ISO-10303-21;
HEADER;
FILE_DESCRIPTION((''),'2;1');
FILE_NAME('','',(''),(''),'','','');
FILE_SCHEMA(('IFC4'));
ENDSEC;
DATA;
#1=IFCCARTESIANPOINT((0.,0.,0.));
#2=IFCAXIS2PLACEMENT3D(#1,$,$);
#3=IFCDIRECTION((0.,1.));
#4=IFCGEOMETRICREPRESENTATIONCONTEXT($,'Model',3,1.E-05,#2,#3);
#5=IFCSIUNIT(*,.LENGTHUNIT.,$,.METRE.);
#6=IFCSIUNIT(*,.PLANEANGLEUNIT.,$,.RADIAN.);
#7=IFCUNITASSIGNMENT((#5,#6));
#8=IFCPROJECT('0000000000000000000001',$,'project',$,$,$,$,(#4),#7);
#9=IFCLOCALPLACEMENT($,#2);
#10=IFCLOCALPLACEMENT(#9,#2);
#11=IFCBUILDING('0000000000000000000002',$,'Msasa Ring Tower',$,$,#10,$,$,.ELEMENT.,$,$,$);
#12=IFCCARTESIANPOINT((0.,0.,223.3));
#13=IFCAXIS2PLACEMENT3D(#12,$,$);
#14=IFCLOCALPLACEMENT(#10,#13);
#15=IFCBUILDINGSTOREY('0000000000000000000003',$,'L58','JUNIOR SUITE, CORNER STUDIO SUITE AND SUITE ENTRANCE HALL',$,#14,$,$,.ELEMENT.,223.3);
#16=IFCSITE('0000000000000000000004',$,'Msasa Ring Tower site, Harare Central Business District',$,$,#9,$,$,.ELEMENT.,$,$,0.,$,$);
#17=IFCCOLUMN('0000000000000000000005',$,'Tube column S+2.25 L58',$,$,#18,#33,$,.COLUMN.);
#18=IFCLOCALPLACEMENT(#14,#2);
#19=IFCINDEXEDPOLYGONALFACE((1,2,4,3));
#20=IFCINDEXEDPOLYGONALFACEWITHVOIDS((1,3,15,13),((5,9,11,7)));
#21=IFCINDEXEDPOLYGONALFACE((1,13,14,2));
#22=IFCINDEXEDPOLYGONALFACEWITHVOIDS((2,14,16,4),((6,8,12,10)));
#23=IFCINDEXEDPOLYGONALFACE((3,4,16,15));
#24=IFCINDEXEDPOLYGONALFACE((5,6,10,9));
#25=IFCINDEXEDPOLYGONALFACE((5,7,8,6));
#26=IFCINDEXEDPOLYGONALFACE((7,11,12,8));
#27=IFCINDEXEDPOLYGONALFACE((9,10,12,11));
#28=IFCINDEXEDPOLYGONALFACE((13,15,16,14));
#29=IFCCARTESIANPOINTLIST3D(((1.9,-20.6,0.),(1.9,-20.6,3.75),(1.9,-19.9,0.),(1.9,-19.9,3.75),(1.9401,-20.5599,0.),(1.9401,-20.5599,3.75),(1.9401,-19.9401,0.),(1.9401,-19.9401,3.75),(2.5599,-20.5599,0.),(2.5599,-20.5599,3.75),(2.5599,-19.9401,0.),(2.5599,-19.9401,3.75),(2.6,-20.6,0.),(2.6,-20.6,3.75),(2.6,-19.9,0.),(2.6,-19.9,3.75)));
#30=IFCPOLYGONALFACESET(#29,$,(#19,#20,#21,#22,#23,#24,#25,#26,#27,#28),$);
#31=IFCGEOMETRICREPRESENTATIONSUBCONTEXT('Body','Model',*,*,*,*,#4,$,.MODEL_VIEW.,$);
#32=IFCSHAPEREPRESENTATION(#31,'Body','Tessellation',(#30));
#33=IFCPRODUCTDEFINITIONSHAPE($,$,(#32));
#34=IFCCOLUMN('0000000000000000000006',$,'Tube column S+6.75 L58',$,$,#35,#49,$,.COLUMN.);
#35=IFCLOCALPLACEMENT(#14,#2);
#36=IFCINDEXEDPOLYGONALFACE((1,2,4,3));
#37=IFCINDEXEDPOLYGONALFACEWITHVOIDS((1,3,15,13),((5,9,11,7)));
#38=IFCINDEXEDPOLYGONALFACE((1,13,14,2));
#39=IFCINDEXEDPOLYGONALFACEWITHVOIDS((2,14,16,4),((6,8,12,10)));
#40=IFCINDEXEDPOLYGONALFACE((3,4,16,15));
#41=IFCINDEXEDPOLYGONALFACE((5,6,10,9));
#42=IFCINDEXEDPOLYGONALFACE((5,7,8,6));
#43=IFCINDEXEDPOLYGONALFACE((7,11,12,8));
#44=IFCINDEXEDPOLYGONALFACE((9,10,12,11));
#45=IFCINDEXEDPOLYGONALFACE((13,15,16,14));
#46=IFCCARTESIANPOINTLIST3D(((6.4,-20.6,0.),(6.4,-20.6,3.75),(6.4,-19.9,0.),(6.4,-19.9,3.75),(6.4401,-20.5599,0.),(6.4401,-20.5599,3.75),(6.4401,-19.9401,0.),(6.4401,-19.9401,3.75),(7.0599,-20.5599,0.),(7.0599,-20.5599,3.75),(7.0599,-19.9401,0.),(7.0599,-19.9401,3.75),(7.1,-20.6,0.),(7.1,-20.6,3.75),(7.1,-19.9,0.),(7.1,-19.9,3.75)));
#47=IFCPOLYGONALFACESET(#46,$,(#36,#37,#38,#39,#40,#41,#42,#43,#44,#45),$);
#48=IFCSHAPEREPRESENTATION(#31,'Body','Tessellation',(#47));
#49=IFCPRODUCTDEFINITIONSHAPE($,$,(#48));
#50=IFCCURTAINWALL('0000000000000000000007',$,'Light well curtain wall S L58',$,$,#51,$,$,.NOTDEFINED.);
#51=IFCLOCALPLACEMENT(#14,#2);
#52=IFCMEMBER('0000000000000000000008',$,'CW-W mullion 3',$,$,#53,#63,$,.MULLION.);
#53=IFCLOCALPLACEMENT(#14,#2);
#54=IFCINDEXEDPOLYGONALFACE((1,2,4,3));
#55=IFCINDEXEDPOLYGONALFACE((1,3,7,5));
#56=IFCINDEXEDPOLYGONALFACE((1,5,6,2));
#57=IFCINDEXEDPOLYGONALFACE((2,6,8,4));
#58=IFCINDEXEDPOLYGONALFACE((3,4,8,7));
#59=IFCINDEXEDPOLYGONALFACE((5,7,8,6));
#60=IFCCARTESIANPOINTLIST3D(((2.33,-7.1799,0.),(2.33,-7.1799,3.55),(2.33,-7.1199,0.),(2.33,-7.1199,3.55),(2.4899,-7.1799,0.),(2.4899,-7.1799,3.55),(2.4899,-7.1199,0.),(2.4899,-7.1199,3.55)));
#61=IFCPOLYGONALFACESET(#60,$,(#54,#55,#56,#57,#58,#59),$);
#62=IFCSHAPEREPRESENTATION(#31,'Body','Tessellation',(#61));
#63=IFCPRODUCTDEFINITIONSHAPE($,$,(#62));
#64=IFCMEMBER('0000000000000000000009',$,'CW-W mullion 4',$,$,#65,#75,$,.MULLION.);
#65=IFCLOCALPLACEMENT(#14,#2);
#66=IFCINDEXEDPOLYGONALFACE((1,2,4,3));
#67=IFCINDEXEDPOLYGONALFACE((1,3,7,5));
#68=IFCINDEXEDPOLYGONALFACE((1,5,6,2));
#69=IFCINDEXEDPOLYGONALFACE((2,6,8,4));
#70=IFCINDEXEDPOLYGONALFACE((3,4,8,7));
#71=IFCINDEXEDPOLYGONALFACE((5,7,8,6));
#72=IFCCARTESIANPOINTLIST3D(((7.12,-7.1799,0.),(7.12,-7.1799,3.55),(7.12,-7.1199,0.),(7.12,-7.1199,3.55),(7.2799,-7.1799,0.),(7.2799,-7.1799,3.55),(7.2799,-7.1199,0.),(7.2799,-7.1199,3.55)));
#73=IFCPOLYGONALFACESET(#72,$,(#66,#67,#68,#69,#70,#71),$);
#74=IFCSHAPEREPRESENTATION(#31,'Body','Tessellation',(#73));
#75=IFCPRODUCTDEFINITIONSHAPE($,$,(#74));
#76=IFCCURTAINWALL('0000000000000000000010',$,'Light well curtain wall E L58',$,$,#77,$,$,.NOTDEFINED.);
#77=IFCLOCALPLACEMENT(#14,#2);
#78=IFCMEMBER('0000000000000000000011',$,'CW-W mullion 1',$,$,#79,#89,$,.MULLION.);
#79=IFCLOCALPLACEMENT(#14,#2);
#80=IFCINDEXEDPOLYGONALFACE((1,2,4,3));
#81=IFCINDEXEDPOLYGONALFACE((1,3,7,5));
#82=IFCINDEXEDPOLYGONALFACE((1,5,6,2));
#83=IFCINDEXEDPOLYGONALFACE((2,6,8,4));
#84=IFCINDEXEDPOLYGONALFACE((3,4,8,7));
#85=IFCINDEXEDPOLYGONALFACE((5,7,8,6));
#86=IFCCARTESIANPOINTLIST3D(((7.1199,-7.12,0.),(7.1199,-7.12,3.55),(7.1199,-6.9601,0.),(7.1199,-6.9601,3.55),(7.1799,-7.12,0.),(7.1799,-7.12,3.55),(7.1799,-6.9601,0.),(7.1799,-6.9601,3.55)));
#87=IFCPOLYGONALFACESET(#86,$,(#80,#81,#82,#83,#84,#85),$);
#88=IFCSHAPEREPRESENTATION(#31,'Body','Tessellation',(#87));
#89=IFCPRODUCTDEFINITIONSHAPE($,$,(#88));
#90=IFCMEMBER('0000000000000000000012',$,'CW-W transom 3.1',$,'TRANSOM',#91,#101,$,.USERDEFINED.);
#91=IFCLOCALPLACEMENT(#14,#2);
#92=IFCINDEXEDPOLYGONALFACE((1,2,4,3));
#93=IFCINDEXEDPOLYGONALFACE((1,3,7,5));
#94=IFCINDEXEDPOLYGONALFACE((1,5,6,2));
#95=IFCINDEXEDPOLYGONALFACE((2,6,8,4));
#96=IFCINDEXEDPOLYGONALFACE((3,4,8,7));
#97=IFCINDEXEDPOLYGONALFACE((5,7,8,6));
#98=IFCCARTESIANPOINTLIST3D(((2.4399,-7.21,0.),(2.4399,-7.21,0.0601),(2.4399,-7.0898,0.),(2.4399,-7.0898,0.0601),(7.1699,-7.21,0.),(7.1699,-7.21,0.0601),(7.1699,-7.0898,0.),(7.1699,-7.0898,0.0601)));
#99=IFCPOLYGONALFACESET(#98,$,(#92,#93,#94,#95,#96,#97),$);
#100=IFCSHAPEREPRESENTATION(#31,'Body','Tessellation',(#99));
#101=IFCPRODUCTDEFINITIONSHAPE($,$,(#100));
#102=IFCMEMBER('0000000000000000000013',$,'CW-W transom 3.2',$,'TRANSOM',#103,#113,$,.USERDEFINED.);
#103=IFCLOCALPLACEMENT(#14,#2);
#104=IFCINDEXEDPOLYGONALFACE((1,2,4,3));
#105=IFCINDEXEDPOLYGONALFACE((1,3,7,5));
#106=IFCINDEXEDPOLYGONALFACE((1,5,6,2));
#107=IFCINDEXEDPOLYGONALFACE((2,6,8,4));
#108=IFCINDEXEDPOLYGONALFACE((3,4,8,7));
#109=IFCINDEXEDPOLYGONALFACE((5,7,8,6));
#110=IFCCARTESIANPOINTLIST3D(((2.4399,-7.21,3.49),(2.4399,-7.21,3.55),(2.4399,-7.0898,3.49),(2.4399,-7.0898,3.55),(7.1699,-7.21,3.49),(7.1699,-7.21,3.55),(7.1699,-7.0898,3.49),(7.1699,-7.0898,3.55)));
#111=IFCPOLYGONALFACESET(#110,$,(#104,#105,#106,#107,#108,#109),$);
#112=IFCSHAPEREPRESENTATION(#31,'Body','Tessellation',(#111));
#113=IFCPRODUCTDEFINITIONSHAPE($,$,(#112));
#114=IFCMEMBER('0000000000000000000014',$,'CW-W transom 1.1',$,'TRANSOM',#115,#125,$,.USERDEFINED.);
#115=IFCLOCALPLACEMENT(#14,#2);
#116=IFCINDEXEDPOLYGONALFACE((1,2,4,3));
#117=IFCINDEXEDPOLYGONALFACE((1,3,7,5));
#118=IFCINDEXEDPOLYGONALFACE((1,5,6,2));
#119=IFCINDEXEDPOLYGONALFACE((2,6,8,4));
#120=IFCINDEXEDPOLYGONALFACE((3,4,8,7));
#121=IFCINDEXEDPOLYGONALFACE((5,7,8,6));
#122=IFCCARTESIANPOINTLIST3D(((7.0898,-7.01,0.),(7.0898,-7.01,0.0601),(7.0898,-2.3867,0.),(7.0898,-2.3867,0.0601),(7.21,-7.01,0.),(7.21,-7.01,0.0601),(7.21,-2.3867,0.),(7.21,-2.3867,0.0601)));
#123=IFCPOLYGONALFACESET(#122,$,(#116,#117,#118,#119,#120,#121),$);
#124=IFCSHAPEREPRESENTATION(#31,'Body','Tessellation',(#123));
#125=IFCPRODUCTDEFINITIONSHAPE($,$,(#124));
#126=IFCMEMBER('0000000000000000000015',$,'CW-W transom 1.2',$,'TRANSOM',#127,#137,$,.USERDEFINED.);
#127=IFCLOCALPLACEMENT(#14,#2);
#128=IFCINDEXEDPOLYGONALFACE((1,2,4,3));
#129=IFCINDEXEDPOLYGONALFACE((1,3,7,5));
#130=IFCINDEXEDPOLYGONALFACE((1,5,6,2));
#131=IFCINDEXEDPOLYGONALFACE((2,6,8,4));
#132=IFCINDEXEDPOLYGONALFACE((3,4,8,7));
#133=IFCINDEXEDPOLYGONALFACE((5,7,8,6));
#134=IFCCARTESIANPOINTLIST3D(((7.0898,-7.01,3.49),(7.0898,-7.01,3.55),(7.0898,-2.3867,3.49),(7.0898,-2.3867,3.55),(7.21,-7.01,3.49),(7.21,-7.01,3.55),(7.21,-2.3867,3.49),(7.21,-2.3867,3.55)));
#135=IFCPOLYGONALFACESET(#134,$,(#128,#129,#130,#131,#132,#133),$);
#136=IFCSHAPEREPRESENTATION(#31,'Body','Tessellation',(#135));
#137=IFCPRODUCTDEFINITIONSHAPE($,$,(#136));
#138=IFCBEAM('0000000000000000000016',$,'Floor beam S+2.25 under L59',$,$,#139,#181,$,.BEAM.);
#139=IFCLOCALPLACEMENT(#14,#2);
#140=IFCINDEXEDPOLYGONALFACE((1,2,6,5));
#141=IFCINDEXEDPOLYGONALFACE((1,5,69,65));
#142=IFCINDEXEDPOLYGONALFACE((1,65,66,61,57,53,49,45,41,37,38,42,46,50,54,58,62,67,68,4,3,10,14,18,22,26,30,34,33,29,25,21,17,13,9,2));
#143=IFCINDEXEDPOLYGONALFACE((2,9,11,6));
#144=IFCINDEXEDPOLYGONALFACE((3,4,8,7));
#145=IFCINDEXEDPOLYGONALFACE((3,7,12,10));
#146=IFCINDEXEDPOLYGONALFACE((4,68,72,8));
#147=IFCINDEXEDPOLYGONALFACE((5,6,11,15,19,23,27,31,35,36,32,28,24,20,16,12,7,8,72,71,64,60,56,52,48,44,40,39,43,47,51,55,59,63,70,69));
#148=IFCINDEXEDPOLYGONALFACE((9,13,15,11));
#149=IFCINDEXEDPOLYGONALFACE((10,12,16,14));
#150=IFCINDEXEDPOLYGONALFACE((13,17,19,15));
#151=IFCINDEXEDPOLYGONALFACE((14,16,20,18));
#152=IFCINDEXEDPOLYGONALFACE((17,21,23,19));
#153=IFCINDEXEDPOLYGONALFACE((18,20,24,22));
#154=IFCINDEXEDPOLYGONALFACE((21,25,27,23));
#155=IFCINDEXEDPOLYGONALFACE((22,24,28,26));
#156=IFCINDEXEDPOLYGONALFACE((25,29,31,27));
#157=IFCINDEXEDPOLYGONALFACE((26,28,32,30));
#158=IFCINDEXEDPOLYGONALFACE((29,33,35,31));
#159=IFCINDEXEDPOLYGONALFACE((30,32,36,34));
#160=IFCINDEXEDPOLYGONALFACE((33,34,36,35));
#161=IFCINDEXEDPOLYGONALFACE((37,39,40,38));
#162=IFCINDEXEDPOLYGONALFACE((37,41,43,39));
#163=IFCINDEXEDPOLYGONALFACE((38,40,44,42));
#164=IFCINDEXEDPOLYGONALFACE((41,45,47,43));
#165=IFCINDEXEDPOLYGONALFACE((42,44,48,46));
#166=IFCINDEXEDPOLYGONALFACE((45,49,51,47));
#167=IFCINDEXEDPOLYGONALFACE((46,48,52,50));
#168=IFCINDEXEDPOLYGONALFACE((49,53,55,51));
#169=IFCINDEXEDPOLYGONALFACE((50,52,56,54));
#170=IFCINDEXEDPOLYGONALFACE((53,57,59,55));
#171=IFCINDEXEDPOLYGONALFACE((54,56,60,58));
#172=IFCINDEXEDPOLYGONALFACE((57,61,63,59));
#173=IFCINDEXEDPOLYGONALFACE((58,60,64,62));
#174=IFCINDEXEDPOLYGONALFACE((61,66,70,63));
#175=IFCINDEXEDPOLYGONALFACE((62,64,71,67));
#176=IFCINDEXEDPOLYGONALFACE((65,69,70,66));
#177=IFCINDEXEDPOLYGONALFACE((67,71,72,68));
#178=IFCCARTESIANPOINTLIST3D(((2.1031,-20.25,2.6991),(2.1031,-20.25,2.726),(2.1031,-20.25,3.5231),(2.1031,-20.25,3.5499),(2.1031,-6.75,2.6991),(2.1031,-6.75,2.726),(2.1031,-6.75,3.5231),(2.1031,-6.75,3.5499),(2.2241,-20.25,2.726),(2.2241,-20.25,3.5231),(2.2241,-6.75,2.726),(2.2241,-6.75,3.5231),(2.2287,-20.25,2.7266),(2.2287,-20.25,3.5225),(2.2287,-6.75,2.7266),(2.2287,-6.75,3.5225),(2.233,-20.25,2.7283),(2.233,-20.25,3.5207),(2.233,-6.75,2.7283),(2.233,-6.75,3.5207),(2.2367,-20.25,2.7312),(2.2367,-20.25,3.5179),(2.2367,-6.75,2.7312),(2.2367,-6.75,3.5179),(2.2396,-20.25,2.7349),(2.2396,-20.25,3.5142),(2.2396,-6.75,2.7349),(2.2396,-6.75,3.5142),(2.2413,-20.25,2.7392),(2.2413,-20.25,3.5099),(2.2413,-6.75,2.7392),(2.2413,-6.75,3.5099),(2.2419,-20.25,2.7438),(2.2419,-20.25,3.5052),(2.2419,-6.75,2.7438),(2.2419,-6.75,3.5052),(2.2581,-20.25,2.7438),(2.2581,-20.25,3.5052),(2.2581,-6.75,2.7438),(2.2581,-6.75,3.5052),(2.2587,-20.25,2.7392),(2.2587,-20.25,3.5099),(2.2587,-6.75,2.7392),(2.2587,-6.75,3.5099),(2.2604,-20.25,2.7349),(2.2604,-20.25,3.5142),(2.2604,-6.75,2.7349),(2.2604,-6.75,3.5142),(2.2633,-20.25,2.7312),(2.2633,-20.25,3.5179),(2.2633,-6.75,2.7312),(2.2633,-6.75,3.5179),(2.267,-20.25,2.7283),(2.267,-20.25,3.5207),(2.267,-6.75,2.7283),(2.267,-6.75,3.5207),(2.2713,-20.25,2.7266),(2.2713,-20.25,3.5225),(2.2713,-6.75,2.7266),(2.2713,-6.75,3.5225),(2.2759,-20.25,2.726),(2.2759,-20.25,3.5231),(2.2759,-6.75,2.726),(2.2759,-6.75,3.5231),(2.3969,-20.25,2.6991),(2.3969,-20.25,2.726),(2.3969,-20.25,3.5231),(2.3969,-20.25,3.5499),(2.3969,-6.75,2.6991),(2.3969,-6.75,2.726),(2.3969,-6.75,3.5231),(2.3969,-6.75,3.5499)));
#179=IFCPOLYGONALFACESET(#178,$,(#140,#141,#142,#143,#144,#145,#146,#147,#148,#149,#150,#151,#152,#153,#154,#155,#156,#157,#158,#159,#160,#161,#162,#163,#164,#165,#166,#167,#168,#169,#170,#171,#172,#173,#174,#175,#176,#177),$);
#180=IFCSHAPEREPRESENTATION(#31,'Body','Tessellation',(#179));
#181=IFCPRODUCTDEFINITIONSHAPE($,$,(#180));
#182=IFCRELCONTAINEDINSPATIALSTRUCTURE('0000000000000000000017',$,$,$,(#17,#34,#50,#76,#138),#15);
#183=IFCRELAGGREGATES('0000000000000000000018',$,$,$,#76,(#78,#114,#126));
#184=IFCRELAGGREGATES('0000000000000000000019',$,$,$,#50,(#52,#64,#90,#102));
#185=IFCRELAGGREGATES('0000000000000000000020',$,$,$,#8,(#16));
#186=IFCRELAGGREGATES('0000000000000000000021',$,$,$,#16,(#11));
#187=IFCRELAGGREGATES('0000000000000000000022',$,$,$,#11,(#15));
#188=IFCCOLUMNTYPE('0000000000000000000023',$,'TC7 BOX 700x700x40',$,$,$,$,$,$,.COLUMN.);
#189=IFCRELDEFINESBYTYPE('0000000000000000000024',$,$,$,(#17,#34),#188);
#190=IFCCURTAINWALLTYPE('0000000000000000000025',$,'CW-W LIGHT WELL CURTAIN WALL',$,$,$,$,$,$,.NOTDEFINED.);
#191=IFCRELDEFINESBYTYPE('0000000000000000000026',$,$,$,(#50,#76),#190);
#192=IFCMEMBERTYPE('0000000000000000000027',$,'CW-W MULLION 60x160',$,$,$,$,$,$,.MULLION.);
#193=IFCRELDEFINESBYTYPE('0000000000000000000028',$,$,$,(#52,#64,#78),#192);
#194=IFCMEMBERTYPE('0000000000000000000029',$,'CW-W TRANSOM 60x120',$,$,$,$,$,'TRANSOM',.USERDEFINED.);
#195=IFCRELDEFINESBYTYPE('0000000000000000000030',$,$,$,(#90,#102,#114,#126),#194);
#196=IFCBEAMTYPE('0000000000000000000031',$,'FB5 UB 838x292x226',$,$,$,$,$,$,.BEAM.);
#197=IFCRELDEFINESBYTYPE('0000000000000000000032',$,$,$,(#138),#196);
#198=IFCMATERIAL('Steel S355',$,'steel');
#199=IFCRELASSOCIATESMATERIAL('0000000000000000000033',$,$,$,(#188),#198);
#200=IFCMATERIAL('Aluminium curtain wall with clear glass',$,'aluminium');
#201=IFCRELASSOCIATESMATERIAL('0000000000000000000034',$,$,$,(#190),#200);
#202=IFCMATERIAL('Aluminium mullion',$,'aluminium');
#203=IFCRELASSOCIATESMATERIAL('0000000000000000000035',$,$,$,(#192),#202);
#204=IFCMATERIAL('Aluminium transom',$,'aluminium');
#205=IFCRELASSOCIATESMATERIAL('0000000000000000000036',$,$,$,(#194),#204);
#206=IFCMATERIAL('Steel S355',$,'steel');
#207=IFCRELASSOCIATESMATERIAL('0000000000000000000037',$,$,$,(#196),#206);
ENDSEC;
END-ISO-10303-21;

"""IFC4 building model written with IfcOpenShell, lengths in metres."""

from ifc_helpers import new_model, si_unit, direction, frame, origin, origin_2d, place, context, subcontext, project, spatial, rectangle, hollow_rectangle, i_section, extrude, material, material_profile, profile_set, type_object, element, aggregate, save


model = new_model("IFC4")

# Units and contexts
model_context = context("Model", 3, precision=1e-05, world=origin(), true_north=direction((0.0, 1.0)))
body_context = subcontext(model_context, "Body", "Model", "MODEL_VIEW")
ifc_project = project(units=[si_unit("LENGTHUNIT", "METRE"), si_unit("PLANEANGLEUNIT", "RADIAN")], contexts=[model_context])

# Site, building, storey
site_placement = place(None, origin())
site = spatial("IfcSite", under=ifc_project, at=site_placement, Name="Msasa Ring Tower site, Harare Central Business District", CompositionType="ELEMENT", RefElevation=0.0)
building_placement = place(site_placement, origin())
building = spatial("IfcBuilding", under=site, at=building_placement, Name="Msasa Ring Tower", CompositionType="ELEMENT")
storey_placement = place(building_placement, frame((0.0, 0.0, 223.3)))
storey = spatial("IfcBuildingStorey", under=building, at=storey_placement, Name="L58", Description="JUNIOR SUITE, CORNER STUDIO SUITE AND SUITE ENTRANCE HALL", CompositionType="ELEMENT", Elevation=223.3)

# Columns
ifc_material_1 = material(Name="Steel S355", Category="steel")
ifc_material_profile_1 = material_profile(ifc_material_1, hollow_rectangle(XDim=0.7, YDim=0.7, WallThickness=0.04, at=origin_2d()), Name="BOX 700x700x40")
ifc_profile_set_1 = profile_set([ifc_material_profile_1], Name="Steel S355")
column_type = type_object("IfcColumnType", Name="TC7 BOX 700x700x40", PredefinedType="COLUMN", material=ifc_profile_set_1)
for number, where, z_axis, x_axis, name in (
    (1, (2.25, -20.25, 0.0), (0.0, 0.0, 1.0), (0.0, 1.0, 0.0), "Tube column S+2.25 L58"),
    (2, (6.75, -20.25, 0.0), (0.0, 0.0, 1.0), (0.0, 1.0, 0.0), "Tube column S+6.75 L58"),
):
    element("IfcColumn", number, at=place(storey_placement, frame(where, z_axis=z_axis, x_axis=x_axis)), inside=storey, type_object=column_type, Name=name, PredefinedType="COLUMN", context=body_context, shape_type="SweptSolid", body=[
        extrude(hollow_rectangle(XDim=0.7, YDim=0.7, WallThickness=0.04, at=origin_2d()), origin(), (0.0, 0.0, 1.0), 3.75),
    ])

# Curtain wall, members
ifc_material_2 = material(Name="Aluminium curtain wall with clear glass", Category="aluminium")
curtain_wall_type = type_object("IfcCurtainWallType", Name="CW-W LIGHT WELL CURTAIN WALL", PredefinedType="NOTDEFINED", material=ifc_material_2)
curtain_wall_1_placement = place(storey_placement, origin())
curtain_wall_1 = element("IfcCurtainWall", 3, at=curtain_wall_1_placement, inside=storey, type_object=curtain_wall_type, Name="Light well curtain wall S L58", PredefinedType="NOTDEFINED")
ifc_material_3 = material(Name="Aluminium mullion", Category="aluminium")
ifc_material_profile_2 = material_profile(ifc_material_3, rectangle(XDim=0.0601, YDim=0.1599, at=origin_2d()), Name="AL 60x160")
ifc_profile_set_2 = profile_set([ifc_material_profile_2], Name="Aluminium mullion")
member_type_1 = type_object("IfcMemberType", Name="CW-W MULLION 60x160", PredefinedType="MULLION", material=ifc_profile_set_2)
member_1_placement = place(storey_placement, frame((2.4099, -7.1499, 0.0), z_axis=(0.0, 0.0, 1.0), x_axis=(0.0, 1.0, 0.0)))
member_1 = element("IfcMember", 4, at=member_1_placement, type_object=member_type_1, Name="CW-W mullion 3", PredefinedType="MULLION", context=body_context, shape_type="SweptSolid", body=[
    extrude(rectangle(XDim=0.0601, YDim=0.1599, at=origin_2d()), origin(), (0.0, 0.0, 1.0), 3.55),
])
member_2_placement = place(storey_placement, frame((7.2, -7.1499, 0.0), z_axis=(0.0, 0.0, 1.0), x_axis=(0.0, 1.0, 0.0)))
member_2 = element("IfcMember", 5, at=member_2_placement, type_object=member_type_1, Name="CW-W mullion 4", PredefinedType="MULLION", context=body_context, shape_type="SweptSolid", body=[
    extrude(rectangle(XDim=0.0601, YDim=0.1599, at=origin_2d()), origin(), (0.0, 0.0, 1.0), 3.55),
])

# Curtain wall, member
curtain_wall_2_placement = place(storey_placement, origin())
curtain_wall_2 = element("IfcCurtainWall", 6, at=curtain_wall_2_placement, inside=storey, type_object=curtain_wall_type, Name="Light well curtain wall E L58", PredefinedType="NOTDEFINED")
member_3_placement = place(storey_placement, frame((7.1499, -7.04, 0.0), z_axis=(0.0, 0.0, 1.0), x_axis=(-1.0, 0.0, 0.0)))
member_3 = element("IfcMember", 7, at=member_3_placement, type_object=member_type_1, Name="CW-W mullion 1", PredefinedType="MULLION", context=body_context, shape_type="SweptSolid", body=[
    extrude(rectangle(XDim=0.0601, YDim=0.1599, at=origin_2d()), origin(), (0.0, 0.0, 1.0), 3.55),
])

# Members
ifc_material_4 = material(Name="Aluminium transom", Category="aluminium")
ifc_material_profile_3 = material_profile(ifc_material_4, rectangle(XDim=0.1201, YDim=0.0601, at=origin_2d()), Name="AL 60x120")
ifc_profile_set_3 = profile_set([ifc_material_profile_3], Name="Aluminium transom")
member_type_2 = type_object("IfcMemberType", Name="CW-W TRANSOM 60x120", ElementType="TRANSOM", PredefinedType="USERDEFINED", material=ifc_profile_set_3)
member_4_placement = place(storey_placement, frame((2.4399, -7.1499, 0.03), z_axis=(1.0, 0.0, 0.0), x_axis=(0.0, 1.0, 0.0)))
member_4 = element("IfcMember", 8, at=member_4_placement, type_object=member_type_2, Name="CW-W transom 3.1", ObjectType="TRANSOM", PredefinedType="USERDEFINED", context=body_context, shape_type="SweptSolid", body=[
    extrude(rectangle(XDim=0.1201, YDim=0.0601, at=origin_2d()), origin(), (0.0, 0.0, 1.0), 4.73),
])
member_5_placement = place(storey_placement, frame((2.4399, -7.1499, 3.52), z_axis=(1.0, 0.0, 0.0), x_axis=(0.0, 1.0, 0.0)))
member_5 = element("IfcMember", 9, at=member_5_placement, type_object=member_type_2, Name="CW-W transom 3.2", ObjectType="TRANSOM", PredefinedType="USERDEFINED", context=body_context, shape_type="SweptSolid", body=[
    extrude(rectangle(XDim=0.1201, YDim=0.0601, at=origin_2d()), origin(), (0.0, 0.0, 1.0), 4.73),
])
member_6_placement = place(storey_placement, frame((7.1499, -7.01, 0.03), z_axis=(0.0, 1.0, 0.0), x_axis=(-1.0, 0.0, 0.0)))
member_6 = element("IfcMember", 10, at=member_6_placement, type_object=member_type_2, Name="CW-W transom 1.1", ObjectType="TRANSOM", PredefinedType="USERDEFINED", context=body_context, shape_type="SweptSolid", body=[
    extrude(rectangle(XDim=0.1201, YDim=0.0601, at=origin_2d()), origin(), (0.0, 0.0, 1.0), 4.6233),
])
member_7_placement = place(storey_placement, frame((7.1499, -7.01, 3.52), z_axis=(0.0, 1.0, 0.0), x_axis=(-1.0, 0.0, 0.0)))
member_7 = element("IfcMember", 11, at=member_7_placement, type_object=member_type_2, Name="CW-W transom 1.2", ObjectType="TRANSOM", PredefinedType="USERDEFINED", context=body_context, shape_type="SweptSolid", body=[
    extrude(rectangle(XDim=0.1201, YDim=0.0601, at=origin_2d()), origin(), (0.0, 0.0, 1.0), 4.6233),
])
aggregate(curtain_wall_2, [member_3, member_6, member_7])

# Beam
ifc_material_5 = material(Name="Steel S355", Category="steel")
ifc_material_profile_4 = material_profile(ifc_material_5, i_section(OverallWidth=0.2937, OverallDepth=0.8508, WebThickness=0.0161, FlangeThickness=0.0269, FilletRadius=0.0178, at=origin_2d()), Name="UB 838x292x226")
ifc_profile_set_4 = profile_set([ifc_material_profile_4], Name="Steel S355")
beam_type_1 = type_object("IfcBeamType", Name="FB5 UB 838x292x226", PredefinedType="BEAM", material=ifc_profile_set_4)
for number, where, z_axis, x_axis, name in (
    (12, (2.25, -20.25, 3.1245), (0.0, 1.0, 0.0), (-1.0, 0.0, 0.0), "Floor beam S+2.25 under L59"),
):
    element("IfcBeam", number, at=place(storey_placement, frame(where, z_axis=z_axis, x_axis=x_axis)), inside=storey, type_object=beam_type_1, Name=name, PredefinedType="BEAM", context=body_context, shape_type="SweptSolid", body=[
        extrude(i_section(OverallWidth=0.2937, OverallDepth=0.8508, WebThickness=0.0161, FlangeThickness=0.0269, FilletRadius=0.0178, at=origin_2d()), origin(), (0.0, 0.0, 1.0), 13.5),
    ])

aggregate(curtain_wall_1, [member_1, member_2, member_4, member_5])

save(model, "model.ifc")
